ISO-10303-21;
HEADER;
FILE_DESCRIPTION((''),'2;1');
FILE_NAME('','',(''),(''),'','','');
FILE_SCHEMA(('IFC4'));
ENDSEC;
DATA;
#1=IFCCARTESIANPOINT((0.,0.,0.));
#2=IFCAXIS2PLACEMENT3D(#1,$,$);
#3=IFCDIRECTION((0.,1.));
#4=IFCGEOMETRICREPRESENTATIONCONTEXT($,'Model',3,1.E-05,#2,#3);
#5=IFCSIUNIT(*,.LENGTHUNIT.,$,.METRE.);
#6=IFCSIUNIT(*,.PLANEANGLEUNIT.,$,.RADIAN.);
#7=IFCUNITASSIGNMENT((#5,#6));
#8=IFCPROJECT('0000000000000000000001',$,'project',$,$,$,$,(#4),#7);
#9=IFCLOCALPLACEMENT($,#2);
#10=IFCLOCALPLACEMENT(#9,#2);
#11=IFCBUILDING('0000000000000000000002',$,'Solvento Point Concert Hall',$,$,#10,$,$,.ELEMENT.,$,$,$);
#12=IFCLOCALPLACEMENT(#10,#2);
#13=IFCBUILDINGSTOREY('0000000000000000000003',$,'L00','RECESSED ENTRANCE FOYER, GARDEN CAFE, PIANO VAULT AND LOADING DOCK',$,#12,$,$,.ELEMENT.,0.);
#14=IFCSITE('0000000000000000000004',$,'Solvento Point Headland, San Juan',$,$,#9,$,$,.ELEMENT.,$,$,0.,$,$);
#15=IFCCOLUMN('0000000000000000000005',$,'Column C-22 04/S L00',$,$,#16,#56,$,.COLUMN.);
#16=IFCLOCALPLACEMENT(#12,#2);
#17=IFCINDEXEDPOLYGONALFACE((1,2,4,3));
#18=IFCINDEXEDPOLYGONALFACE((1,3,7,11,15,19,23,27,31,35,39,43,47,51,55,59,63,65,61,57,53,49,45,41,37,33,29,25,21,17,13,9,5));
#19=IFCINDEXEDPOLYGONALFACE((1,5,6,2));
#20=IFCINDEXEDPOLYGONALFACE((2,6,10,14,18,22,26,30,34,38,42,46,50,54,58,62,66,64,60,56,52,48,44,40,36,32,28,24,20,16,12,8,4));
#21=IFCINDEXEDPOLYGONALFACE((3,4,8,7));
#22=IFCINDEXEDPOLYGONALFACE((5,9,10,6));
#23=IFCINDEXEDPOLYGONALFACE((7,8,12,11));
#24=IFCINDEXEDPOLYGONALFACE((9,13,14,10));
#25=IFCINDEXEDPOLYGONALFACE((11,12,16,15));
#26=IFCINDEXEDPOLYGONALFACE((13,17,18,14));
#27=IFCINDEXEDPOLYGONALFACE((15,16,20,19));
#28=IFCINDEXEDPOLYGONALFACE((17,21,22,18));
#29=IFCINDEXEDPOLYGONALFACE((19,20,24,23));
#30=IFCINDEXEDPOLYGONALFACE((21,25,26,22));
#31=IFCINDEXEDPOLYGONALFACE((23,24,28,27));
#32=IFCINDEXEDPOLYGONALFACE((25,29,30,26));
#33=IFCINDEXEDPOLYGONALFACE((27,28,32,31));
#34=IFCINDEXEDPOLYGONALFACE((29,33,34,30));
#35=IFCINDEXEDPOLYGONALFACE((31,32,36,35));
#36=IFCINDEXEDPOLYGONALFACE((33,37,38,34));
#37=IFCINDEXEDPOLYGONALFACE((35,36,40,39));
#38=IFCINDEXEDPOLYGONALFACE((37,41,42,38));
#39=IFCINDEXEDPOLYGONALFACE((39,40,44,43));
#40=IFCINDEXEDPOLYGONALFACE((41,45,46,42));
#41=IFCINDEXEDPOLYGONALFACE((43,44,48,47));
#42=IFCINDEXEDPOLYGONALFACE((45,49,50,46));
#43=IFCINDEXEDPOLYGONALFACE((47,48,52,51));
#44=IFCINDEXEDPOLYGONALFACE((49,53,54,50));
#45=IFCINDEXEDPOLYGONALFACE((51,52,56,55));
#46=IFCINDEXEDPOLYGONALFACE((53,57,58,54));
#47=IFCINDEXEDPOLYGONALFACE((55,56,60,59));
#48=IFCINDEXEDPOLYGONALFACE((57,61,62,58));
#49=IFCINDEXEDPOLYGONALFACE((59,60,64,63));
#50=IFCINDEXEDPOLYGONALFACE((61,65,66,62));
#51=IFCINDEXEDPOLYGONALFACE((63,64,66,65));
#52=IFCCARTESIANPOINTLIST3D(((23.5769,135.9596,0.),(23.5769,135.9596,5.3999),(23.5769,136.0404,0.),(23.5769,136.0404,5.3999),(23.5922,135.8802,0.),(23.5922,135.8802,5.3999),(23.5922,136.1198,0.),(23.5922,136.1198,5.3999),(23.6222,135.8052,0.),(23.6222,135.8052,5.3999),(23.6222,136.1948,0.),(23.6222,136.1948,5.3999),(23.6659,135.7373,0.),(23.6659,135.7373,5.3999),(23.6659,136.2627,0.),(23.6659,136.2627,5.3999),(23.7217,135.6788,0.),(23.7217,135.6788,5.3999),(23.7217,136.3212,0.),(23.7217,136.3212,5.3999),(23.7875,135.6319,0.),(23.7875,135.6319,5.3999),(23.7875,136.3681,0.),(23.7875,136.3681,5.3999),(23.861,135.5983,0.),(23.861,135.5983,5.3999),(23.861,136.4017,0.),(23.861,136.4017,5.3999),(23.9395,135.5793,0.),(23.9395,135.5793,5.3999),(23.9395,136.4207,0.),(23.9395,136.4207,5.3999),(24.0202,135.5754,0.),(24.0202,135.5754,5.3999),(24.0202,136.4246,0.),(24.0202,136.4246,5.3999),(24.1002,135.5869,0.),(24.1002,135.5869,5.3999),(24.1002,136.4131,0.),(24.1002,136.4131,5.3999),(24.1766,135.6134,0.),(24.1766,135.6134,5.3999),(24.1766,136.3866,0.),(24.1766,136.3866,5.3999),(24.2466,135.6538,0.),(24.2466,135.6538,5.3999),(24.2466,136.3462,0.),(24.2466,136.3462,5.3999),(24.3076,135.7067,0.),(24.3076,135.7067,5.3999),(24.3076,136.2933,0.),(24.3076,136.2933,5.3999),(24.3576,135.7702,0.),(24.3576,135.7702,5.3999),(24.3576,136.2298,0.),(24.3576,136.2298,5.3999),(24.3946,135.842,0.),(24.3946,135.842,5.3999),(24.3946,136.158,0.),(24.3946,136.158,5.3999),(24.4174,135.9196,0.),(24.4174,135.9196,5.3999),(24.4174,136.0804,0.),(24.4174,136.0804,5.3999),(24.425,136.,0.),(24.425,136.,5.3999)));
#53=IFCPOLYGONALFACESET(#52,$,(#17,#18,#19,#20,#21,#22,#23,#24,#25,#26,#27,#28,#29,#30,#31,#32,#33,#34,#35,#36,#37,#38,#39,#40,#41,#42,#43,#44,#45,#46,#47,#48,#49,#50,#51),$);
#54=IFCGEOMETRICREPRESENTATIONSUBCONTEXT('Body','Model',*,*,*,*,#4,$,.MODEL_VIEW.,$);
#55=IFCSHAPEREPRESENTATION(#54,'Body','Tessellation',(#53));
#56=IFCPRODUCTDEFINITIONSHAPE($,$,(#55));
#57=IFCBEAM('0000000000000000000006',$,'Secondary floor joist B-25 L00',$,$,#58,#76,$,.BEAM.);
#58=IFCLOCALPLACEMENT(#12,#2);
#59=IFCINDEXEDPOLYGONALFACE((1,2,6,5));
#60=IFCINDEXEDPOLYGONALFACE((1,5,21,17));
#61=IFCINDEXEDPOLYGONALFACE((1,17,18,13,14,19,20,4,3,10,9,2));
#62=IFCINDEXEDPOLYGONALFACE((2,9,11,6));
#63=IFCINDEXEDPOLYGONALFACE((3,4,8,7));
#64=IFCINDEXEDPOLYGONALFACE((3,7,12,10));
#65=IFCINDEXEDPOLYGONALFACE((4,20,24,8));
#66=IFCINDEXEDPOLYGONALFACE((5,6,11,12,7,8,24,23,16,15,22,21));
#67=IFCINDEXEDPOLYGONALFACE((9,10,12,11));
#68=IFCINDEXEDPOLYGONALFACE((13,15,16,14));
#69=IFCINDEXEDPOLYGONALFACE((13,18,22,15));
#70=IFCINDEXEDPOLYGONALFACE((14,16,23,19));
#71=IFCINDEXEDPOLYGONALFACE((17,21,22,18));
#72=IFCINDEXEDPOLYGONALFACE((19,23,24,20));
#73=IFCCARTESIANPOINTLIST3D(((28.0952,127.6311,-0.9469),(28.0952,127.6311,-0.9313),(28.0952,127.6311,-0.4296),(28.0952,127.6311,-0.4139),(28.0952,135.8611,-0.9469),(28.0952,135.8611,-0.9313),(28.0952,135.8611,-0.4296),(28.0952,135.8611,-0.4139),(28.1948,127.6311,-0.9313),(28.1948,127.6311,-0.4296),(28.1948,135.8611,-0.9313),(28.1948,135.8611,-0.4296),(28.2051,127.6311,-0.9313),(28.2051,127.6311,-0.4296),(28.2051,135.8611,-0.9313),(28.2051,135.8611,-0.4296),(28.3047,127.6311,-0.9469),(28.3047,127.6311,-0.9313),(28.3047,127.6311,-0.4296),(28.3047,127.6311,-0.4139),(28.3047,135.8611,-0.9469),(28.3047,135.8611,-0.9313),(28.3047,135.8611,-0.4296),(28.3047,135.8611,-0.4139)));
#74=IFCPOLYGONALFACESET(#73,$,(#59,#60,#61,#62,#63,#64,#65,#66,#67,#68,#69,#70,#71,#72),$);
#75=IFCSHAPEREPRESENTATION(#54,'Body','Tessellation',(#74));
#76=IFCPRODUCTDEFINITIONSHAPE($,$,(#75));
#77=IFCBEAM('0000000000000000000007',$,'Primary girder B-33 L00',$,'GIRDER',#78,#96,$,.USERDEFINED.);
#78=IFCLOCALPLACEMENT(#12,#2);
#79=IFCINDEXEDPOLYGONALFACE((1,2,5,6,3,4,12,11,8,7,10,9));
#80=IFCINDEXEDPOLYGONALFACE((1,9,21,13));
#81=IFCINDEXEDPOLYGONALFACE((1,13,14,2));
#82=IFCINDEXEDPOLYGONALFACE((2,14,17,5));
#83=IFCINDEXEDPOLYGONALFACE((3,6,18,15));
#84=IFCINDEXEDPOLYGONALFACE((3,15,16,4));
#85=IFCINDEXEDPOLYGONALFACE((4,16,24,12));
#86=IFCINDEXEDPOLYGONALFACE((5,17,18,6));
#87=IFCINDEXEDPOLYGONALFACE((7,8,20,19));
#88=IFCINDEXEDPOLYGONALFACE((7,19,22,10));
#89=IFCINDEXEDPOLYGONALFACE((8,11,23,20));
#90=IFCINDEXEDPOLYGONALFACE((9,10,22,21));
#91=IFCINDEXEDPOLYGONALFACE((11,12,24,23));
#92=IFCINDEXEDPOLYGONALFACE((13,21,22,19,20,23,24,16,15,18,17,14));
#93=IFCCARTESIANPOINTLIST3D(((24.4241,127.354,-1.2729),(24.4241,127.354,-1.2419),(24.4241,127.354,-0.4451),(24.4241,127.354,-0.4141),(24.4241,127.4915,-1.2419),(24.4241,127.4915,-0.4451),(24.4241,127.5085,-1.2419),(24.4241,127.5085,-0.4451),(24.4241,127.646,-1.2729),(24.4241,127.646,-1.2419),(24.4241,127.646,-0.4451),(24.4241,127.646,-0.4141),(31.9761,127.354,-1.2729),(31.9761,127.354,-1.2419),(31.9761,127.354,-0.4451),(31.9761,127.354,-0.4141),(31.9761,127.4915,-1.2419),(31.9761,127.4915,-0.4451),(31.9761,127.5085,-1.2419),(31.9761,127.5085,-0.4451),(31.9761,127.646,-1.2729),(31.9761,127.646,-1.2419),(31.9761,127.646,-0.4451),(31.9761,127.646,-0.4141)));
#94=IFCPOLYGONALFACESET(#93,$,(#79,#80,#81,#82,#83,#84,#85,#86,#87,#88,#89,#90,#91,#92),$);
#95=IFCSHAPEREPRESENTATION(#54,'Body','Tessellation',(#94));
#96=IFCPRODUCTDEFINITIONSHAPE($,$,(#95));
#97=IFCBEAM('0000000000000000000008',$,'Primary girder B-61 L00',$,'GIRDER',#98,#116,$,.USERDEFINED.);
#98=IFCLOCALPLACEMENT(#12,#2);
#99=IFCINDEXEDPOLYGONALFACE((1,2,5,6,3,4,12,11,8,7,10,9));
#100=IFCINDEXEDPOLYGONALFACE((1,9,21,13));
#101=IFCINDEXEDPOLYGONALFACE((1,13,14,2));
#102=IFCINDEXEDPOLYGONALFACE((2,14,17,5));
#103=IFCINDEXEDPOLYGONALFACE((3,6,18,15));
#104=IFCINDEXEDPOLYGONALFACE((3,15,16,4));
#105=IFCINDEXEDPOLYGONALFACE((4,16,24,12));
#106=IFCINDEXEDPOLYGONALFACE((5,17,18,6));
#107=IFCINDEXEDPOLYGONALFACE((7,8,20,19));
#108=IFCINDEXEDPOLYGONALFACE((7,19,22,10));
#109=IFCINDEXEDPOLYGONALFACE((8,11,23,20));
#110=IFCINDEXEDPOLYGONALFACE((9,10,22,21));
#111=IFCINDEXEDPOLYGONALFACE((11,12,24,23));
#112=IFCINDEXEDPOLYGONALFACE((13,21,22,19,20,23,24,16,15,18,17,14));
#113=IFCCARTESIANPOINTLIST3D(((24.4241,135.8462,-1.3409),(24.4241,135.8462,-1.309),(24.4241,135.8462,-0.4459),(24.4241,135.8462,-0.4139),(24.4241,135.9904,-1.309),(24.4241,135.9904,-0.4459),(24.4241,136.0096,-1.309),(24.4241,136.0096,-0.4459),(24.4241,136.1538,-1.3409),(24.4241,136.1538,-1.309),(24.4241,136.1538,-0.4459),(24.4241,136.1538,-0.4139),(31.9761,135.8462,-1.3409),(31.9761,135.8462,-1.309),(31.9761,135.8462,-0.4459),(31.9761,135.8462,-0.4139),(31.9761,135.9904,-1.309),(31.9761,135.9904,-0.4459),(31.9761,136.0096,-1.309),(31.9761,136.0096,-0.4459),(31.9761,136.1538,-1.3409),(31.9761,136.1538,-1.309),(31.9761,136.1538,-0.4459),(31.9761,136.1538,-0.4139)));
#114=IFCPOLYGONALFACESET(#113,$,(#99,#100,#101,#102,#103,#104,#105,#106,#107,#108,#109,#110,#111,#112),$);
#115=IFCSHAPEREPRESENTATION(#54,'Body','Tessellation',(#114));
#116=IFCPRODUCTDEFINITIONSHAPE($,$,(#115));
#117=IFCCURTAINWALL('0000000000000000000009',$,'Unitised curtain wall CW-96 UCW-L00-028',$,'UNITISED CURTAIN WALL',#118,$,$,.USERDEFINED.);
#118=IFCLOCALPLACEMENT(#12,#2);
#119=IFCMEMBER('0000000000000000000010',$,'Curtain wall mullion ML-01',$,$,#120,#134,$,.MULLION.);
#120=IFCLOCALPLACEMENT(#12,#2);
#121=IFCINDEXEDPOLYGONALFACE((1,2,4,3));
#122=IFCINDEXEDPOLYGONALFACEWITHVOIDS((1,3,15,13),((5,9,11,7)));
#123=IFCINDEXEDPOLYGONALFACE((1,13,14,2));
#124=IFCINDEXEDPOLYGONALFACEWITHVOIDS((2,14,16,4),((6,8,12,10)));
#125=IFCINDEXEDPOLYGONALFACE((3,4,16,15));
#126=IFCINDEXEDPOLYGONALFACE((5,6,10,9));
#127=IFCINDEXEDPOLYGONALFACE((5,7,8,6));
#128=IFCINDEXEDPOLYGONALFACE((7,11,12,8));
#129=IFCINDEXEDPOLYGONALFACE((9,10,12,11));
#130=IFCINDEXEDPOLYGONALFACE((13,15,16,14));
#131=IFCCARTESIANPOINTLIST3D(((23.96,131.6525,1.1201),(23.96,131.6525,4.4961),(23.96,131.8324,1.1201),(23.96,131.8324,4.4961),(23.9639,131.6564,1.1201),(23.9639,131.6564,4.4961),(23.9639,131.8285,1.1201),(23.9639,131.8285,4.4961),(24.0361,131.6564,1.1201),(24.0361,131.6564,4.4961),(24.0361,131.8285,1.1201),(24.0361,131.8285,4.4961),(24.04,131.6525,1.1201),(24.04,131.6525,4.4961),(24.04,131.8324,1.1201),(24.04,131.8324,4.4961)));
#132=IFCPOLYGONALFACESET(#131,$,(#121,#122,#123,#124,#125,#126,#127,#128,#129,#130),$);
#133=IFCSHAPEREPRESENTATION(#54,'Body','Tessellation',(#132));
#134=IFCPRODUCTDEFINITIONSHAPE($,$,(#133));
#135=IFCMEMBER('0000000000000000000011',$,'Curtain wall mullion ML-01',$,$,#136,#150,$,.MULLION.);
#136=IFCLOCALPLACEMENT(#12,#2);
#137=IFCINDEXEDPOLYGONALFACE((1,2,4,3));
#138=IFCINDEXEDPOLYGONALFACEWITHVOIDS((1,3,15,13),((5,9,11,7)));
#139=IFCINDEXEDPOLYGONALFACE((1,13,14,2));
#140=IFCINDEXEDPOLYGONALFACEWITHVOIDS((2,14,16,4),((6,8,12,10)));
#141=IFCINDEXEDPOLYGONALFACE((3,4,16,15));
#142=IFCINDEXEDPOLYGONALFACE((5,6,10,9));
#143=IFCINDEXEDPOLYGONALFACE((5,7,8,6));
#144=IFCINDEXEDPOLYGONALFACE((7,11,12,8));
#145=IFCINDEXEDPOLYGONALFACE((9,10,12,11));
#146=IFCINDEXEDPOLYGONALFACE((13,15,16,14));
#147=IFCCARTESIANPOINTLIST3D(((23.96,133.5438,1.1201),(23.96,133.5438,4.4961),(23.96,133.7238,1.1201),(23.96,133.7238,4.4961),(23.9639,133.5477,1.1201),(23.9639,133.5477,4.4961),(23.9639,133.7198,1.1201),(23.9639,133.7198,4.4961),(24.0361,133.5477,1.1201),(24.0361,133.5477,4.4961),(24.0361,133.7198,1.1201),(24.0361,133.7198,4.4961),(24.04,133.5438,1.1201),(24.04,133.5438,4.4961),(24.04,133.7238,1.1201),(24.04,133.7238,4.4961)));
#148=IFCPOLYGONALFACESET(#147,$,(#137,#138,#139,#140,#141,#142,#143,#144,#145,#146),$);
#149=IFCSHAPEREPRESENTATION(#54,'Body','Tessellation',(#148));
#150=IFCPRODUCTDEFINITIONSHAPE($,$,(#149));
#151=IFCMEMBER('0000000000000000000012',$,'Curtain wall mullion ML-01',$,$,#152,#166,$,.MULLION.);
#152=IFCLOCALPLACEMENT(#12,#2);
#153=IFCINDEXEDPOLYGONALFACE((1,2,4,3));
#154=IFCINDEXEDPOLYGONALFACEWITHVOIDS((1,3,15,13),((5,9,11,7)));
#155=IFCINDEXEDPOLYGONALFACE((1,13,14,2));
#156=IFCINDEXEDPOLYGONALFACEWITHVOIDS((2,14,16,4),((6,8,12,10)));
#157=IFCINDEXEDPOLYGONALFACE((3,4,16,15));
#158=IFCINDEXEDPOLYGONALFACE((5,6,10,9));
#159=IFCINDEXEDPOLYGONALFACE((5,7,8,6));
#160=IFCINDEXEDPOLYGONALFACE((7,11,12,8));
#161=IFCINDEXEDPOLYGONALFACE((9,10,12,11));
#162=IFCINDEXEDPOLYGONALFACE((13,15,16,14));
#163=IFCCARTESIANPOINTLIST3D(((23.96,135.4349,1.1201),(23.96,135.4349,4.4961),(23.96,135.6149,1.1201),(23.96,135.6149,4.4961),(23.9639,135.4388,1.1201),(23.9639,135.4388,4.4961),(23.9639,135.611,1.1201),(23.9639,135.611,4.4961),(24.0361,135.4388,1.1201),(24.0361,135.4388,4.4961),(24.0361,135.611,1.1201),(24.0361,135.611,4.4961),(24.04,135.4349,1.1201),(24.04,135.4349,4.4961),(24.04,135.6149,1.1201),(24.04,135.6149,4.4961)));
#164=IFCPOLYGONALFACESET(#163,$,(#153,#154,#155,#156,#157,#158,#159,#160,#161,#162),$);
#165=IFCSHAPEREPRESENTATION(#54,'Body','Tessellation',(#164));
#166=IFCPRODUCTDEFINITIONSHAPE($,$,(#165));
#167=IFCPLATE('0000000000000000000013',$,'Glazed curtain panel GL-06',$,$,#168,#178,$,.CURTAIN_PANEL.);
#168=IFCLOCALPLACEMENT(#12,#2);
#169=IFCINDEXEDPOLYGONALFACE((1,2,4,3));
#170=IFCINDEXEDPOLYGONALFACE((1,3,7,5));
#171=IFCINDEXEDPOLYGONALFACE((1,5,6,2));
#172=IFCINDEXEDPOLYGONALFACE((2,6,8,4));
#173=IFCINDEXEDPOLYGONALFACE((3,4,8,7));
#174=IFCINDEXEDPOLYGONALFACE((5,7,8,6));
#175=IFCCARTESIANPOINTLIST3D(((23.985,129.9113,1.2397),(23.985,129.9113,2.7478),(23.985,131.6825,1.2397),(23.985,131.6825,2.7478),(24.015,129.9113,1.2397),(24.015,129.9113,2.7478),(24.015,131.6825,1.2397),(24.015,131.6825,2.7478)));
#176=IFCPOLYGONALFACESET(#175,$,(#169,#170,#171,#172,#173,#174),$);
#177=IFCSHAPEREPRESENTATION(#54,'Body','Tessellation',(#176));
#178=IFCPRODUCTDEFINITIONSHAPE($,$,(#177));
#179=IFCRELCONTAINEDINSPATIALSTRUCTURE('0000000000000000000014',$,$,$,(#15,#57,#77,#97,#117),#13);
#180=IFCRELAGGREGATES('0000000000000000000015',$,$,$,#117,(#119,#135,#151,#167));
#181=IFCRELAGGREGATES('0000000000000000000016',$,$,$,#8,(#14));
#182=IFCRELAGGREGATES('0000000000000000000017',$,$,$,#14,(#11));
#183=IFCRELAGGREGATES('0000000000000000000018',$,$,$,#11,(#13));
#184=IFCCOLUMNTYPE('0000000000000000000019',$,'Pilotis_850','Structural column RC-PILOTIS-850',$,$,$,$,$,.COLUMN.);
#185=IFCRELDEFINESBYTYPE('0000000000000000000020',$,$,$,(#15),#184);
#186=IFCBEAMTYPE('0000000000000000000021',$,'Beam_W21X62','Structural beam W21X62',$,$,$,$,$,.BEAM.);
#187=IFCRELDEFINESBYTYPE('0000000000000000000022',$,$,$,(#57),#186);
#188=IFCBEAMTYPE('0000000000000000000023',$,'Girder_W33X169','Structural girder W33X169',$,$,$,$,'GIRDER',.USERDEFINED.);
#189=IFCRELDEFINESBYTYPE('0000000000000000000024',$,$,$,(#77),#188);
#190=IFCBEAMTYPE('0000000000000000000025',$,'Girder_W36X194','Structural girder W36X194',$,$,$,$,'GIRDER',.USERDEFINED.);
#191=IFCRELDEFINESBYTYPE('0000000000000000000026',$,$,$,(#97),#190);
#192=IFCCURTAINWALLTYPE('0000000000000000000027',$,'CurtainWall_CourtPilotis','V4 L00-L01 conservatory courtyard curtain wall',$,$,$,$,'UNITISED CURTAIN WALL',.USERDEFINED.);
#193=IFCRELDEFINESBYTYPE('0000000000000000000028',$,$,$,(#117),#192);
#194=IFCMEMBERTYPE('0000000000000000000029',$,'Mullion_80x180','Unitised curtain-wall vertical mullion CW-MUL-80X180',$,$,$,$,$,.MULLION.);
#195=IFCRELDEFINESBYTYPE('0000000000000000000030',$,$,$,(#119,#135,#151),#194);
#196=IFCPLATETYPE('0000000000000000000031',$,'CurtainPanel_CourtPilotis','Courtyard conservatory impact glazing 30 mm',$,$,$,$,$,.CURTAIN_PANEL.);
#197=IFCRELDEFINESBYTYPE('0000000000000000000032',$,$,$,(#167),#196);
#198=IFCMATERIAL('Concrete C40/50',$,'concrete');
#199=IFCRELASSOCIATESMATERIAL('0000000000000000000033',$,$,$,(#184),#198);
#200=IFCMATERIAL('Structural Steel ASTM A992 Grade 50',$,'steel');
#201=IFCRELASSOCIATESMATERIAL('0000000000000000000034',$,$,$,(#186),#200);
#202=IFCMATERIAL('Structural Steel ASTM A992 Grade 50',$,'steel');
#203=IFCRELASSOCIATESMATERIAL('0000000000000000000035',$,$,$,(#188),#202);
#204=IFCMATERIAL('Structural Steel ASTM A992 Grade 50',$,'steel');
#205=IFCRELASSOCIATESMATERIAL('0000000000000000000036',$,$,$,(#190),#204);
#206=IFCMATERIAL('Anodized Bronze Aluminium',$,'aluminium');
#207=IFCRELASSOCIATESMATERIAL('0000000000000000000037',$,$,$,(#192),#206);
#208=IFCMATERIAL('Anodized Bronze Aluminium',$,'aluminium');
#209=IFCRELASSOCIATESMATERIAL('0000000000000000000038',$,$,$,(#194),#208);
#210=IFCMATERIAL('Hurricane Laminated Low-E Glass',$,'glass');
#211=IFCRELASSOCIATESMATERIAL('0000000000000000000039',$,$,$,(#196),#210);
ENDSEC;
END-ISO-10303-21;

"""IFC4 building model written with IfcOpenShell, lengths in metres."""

from ifc_helpers import new_model, si_unit, direction, frame, origin, origin_2d, place, context, subcontext, project, spatial, rectangle, hollow_rectangle, circle, i_section, extrude, material, material_profile, profile_set, type_object, element, aggregate, save


model = new_model("IFC4")

# Units and contexts
model_context = context("Model", 3, precision=1e-05, world=origin(), true_north=direction((0.0, 1.0)))
body_context = subcontext(model_context, "Body", "Model", "MODEL_VIEW")
ifc_project = project(units=[si_unit("LENGTHUNIT", "METRE"), si_unit("PLANEANGLEUNIT", "RADIAN")], contexts=[model_context])

# Site, building, storey
site_placement = place(None, origin())
site = spatial("IfcSite", under=ifc_project, at=site_placement, Name="Solvento Point Headland, San Juan", CompositionType="ELEMENT", RefElevation=0.0)
building_placement = place(site_placement, origin())
building = spatial("IfcBuilding", under=site, at=building_placement, Name="Solvento Point Concert Hall", CompositionType="ELEMENT")
storey_placement = place(building_placement, origin())
storey = spatial("IfcBuildingStorey", under=building, at=storey_placement, Name="L00", Description="RECESSED ENTRANCE FOYER, GARDEN CAFE, PIANO VAULT AND LOADING DOCK", CompositionType="ELEMENT", Elevation=0.0)

# Column
ifc_material_1 = material(Name="Concrete C40/50", Category="concrete")
ifc_material_profile_1 = material_profile(ifc_material_1, circle(Radius=0.425, at=origin_2d()), Name="RC-PILOTIS-850")
ifc_profile_set_1 = profile_set([ifc_material_profile_1], Name="Concrete C40/50")
column_type = type_object("IfcColumnType", Name="Pilotis_850", Description="Structural column RC-PILOTIS-850", PredefinedType="COLUMN", material=ifc_profile_set_1)
column_placement = place(storey_placement, frame((24.0, 136.0, 0.0), z_axis=(0.0, 0.0, 1.0), x_axis=(1.0, 0.0, 0.0)))
element("IfcColumn", 1, at=column_placement, inside=storey, type_object=column_type, Name="Column C-22 04/S L00", PredefinedType="COLUMN", context=body_context, shape_type="SweptSolid", body=[
    extrude(circle(Radius=0.425, at=origin_2d()), origin(), (0.0, 0.0, 1.0), 5.3999),
])

# Beams
ifc_material_2 = material(Name="Structural Steel ASTM A992 Grade 50", Category="steel")
ifc_material_profile_2 = material_profile(ifc_material_2, i_section(OverallWidth=0.2095, OverallDepth=0.533, WebThickness=0.0103, FlangeThickness=0.0156, at=origin_2d()), Name="W21X62")
ifc_profile_set_2 = profile_set([ifc_material_profile_2], Name="Structural Steel ASTM A992 Grade 50")
beam_type_1 = type_object("IfcBeamType", Name="Beam_W21X62", Description="Structural beam W21X62", PredefinedType="BEAM", material=ifc_profile_set_2)
beam_1_placement = place(storey_placement, frame((28.2, 127.6311, -0.6804), z_axis=(0.0, 1.0, 0.0), x_axis=(-1.0, 0.0, 0.0)))
element("IfcBeam", 2, at=beam_1_placement, inside=storey, type_object=beam_type_1, Name="Secondary floor joist B-25 L00", PredefinedType="BEAM", context=body_context, shape_type="SweptSolid", body=[
    extrude(i_section(OverallWidth=0.2095, OverallDepth=0.533, WebThickness=0.0103, FlangeThickness=0.0156, at=origin_2d()), origin(), (0.0, 0.0, 1.0), 8.23),
])
ifc_material_3 = material(Name="Structural Steel ASTM A992 Grade 50", Category="steel")
ifc_material_profile_3 = material_profile(ifc_material_3, i_section(OverallWidth=0.292, OverallDepth=0.8589, WebThickness=0.0171, FlangeThickness=0.031, at=origin_2d()), Name="W33X169")
ifc_profile_set_3 = profile_set([ifc_material_profile_3], Name="Structural Steel ASTM A992 Grade 50")
beam_type_2 = type_object("IfcBeamType", Name="Girder_W33X169", Description="Structural girder W33X169", ElementType="GIRDER", PredefinedType="USERDEFINED", material=ifc_profile_set_3)
beam_2_placement = place(storey_placement, frame((24.4241, 127.5, -0.8435), z_axis=(1.0, 0.0, 0.0), x_axis=(0.0, 1.0, 0.0)))
element("IfcBeam", 3, at=beam_2_placement, inside=storey, type_object=beam_type_2, Name="Primary girder B-33 L00", ObjectType="GIRDER", PredefinedType="USERDEFINED", context=body_context, shape_type="SweptSolid", body=[
    extrude(i_section(OverallWidth=0.292, OverallDepth=0.8589, WebThickness=0.0171, FlangeThickness=0.031, at=origin_2d()), origin(), (0.0, 0.0, 1.0), 7.552),
])
ifc_material_4 = material(Name="Structural Steel ASTM A992 Grade 50", Category="steel")
ifc_material_profile_4 = material_profile(ifc_material_4, i_section(OverallWidth=0.3076, OverallDepth=0.927, WebThickness=0.0193, FlangeThickness=0.032, at=origin_2d()), Name="W36X194")
ifc_profile_set_4 = profile_set([ifc_material_profile_4], Name="Structural Steel ASTM A992 Grade 50")
beam_type_3 = type_object("IfcBeamType", Name="Girder_W36X194", Description="Structural girder W36X194", ElementType="GIRDER", PredefinedType="USERDEFINED", material=ifc_profile_set_4)
beam_3_placement = place(storey_placement, frame((24.4241, 136.0, -0.8774), z_axis=(1.0, 0.0, 0.0), x_axis=(0.0, 1.0, 0.0)))
element("IfcBeam", 4, at=beam_3_placement, inside=storey, type_object=beam_type_3, Name="Primary girder B-61 L00", ObjectType="GIRDER", PredefinedType="USERDEFINED", context=body_context, shape_type="SweptSolid", body=[
    extrude(i_section(OverallWidth=0.3076, OverallDepth=0.927, WebThickness=0.0193, FlangeThickness=0.032, at=origin_2d()), origin(), (0.0, 0.0, 1.0), 7.552),
])

# Curtain wall, members, plate
ifc_material_5 = material(Name="Anodized Bronze Aluminium", Category="aluminium")
curtain_wall_type = type_object("IfcCurtainWallType", Name="CurtainWall_CourtPilotis", Description="V4 L00-L01 conservatory courtyard curtain wall", ElementType="UNITISED CURTAIN WALL", PredefinedType="USERDEFINED", material=ifc_material_5)
curtain_wall_placement = place(storey_placement, origin())
curtain_wall = element("IfcCurtainWall", 5, at=curtain_wall_placement, inside=storey, type_object=curtain_wall_type, Name="Unitised curtain wall CW-96 UCW-L00-028", ObjectType="UNITISED CURTAIN WALL", PredefinedType="USERDEFINED")
ifc_material_6 = material(Name="Anodized Bronze Aluminium", Category="aluminium")
ifc_material_profile_5 = material_profile(ifc_material_6, hollow_rectangle(XDim=0.0801, YDim=0.1799, WallThickness=0.0039, at=origin_2d()), Name="CW-MUL-80X180")
ifc_profile_set_5 = profile_set([ifc_material_profile_5], Name="Anodized Bronze Aluminium")
member_type = type_object("IfcMemberType", Name="Mullion_80x180", Description="Unitised curtain-wall vertical mullion CW-MUL-80X180", PredefinedType="MULLION", material=ifc_profile_set_5)
member_1_placement = place(storey_placement, frame((24.0, 131.7424, 1.1201), z_axis=(0.0, 0.0, 1.0), x_axis=(1.0, 0.0, 0.0)))
member_1 = element("IfcMember", 6, at=member_1_placement, type_object=member_type, Name="Curtain wall mullion ML-01", PredefinedType="MULLION", context=body_context, shape_type="SweptSolid", body=[
    extrude(hollow_rectangle(XDim=0.0801, YDim=0.1799, WallThickness=0.0039, at=origin_2d()), origin(), (0.0, 0.0, 1.0), 3.376),
])
member_2_placement = place(storey_placement, frame((24.0, 133.6338, 1.1201), z_axis=(0.0, 0.0, 1.0), x_axis=(1.0, 0.0, 0.0)))
member_2 = element("IfcMember", 7, at=member_2_placement, type_object=member_type, Name="Curtain wall mullion ML-01", PredefinedType="MULLION", context=body_context, shape_type="SweptSolid", body=[
    extrude(hollow_rectangle(XDim=0.0801, YDim=0.1799, WallThickness=0.0039, at=origin_2d()), origin(), (0.0, 0.0, 1.0), 3.376),
])
member_3_placement = place(storey_placement, frame((24.0, 135.5249, 1.1201), z_axis=(0.0, 0.0, 1.0), x_axis=(1.0, 0.0, 0.0)))
member_3 = element("IfcMember", 8, at=member_3_placement, type_object=member_type, Name="Curtain wall mullion ML-01", PredefinedType="MULLION", context=body_context, shape_type="SweptSolid", body=[
    extrude(hollow_rectangle(XDim=0.0801, YDim=0.1799, WallThickness=0.0039, at=origin_2d()), origin(), (0.0, 0.0, 1.0), 3.376),
])
ifc_material_7 = material(Name="Hurricane Laminated Low-E Glass", Category="glass")
plate_type = type_object("IfcPlateType", Name="CurtainPanel_CourtPilotis", Description="Courtyard conservatory impact glazing 30 mm", PredefinedType="CURTAIN_PANEL", material=ifc_material_7)
plate_1_placement = place(storey_placement, frame((24.0, 130.7969, 1.2397), z_axis=(0.0, 0.0, 1.0), x_axis=(0.0, 1.0, 0.0)))
plate_1 = element("IfcPlate", 9, at=plate_1_placement, type_object=plate_type, Name="Glazed curtain panel GL-06", PredefinedType="CURTAIN_PANEL", context=body_context, shape_type="SweptSolid", body=[
    extrude(rectangle(XDim=1.7712, YDim=0.03, at=origin_2d()), origin(), (0.0, 0.0, 1.0), 1.5081),
])
aggregate(curtain_wall, [member_1, member_2, member_3, plate_1])

save(model, "model.ifc")
